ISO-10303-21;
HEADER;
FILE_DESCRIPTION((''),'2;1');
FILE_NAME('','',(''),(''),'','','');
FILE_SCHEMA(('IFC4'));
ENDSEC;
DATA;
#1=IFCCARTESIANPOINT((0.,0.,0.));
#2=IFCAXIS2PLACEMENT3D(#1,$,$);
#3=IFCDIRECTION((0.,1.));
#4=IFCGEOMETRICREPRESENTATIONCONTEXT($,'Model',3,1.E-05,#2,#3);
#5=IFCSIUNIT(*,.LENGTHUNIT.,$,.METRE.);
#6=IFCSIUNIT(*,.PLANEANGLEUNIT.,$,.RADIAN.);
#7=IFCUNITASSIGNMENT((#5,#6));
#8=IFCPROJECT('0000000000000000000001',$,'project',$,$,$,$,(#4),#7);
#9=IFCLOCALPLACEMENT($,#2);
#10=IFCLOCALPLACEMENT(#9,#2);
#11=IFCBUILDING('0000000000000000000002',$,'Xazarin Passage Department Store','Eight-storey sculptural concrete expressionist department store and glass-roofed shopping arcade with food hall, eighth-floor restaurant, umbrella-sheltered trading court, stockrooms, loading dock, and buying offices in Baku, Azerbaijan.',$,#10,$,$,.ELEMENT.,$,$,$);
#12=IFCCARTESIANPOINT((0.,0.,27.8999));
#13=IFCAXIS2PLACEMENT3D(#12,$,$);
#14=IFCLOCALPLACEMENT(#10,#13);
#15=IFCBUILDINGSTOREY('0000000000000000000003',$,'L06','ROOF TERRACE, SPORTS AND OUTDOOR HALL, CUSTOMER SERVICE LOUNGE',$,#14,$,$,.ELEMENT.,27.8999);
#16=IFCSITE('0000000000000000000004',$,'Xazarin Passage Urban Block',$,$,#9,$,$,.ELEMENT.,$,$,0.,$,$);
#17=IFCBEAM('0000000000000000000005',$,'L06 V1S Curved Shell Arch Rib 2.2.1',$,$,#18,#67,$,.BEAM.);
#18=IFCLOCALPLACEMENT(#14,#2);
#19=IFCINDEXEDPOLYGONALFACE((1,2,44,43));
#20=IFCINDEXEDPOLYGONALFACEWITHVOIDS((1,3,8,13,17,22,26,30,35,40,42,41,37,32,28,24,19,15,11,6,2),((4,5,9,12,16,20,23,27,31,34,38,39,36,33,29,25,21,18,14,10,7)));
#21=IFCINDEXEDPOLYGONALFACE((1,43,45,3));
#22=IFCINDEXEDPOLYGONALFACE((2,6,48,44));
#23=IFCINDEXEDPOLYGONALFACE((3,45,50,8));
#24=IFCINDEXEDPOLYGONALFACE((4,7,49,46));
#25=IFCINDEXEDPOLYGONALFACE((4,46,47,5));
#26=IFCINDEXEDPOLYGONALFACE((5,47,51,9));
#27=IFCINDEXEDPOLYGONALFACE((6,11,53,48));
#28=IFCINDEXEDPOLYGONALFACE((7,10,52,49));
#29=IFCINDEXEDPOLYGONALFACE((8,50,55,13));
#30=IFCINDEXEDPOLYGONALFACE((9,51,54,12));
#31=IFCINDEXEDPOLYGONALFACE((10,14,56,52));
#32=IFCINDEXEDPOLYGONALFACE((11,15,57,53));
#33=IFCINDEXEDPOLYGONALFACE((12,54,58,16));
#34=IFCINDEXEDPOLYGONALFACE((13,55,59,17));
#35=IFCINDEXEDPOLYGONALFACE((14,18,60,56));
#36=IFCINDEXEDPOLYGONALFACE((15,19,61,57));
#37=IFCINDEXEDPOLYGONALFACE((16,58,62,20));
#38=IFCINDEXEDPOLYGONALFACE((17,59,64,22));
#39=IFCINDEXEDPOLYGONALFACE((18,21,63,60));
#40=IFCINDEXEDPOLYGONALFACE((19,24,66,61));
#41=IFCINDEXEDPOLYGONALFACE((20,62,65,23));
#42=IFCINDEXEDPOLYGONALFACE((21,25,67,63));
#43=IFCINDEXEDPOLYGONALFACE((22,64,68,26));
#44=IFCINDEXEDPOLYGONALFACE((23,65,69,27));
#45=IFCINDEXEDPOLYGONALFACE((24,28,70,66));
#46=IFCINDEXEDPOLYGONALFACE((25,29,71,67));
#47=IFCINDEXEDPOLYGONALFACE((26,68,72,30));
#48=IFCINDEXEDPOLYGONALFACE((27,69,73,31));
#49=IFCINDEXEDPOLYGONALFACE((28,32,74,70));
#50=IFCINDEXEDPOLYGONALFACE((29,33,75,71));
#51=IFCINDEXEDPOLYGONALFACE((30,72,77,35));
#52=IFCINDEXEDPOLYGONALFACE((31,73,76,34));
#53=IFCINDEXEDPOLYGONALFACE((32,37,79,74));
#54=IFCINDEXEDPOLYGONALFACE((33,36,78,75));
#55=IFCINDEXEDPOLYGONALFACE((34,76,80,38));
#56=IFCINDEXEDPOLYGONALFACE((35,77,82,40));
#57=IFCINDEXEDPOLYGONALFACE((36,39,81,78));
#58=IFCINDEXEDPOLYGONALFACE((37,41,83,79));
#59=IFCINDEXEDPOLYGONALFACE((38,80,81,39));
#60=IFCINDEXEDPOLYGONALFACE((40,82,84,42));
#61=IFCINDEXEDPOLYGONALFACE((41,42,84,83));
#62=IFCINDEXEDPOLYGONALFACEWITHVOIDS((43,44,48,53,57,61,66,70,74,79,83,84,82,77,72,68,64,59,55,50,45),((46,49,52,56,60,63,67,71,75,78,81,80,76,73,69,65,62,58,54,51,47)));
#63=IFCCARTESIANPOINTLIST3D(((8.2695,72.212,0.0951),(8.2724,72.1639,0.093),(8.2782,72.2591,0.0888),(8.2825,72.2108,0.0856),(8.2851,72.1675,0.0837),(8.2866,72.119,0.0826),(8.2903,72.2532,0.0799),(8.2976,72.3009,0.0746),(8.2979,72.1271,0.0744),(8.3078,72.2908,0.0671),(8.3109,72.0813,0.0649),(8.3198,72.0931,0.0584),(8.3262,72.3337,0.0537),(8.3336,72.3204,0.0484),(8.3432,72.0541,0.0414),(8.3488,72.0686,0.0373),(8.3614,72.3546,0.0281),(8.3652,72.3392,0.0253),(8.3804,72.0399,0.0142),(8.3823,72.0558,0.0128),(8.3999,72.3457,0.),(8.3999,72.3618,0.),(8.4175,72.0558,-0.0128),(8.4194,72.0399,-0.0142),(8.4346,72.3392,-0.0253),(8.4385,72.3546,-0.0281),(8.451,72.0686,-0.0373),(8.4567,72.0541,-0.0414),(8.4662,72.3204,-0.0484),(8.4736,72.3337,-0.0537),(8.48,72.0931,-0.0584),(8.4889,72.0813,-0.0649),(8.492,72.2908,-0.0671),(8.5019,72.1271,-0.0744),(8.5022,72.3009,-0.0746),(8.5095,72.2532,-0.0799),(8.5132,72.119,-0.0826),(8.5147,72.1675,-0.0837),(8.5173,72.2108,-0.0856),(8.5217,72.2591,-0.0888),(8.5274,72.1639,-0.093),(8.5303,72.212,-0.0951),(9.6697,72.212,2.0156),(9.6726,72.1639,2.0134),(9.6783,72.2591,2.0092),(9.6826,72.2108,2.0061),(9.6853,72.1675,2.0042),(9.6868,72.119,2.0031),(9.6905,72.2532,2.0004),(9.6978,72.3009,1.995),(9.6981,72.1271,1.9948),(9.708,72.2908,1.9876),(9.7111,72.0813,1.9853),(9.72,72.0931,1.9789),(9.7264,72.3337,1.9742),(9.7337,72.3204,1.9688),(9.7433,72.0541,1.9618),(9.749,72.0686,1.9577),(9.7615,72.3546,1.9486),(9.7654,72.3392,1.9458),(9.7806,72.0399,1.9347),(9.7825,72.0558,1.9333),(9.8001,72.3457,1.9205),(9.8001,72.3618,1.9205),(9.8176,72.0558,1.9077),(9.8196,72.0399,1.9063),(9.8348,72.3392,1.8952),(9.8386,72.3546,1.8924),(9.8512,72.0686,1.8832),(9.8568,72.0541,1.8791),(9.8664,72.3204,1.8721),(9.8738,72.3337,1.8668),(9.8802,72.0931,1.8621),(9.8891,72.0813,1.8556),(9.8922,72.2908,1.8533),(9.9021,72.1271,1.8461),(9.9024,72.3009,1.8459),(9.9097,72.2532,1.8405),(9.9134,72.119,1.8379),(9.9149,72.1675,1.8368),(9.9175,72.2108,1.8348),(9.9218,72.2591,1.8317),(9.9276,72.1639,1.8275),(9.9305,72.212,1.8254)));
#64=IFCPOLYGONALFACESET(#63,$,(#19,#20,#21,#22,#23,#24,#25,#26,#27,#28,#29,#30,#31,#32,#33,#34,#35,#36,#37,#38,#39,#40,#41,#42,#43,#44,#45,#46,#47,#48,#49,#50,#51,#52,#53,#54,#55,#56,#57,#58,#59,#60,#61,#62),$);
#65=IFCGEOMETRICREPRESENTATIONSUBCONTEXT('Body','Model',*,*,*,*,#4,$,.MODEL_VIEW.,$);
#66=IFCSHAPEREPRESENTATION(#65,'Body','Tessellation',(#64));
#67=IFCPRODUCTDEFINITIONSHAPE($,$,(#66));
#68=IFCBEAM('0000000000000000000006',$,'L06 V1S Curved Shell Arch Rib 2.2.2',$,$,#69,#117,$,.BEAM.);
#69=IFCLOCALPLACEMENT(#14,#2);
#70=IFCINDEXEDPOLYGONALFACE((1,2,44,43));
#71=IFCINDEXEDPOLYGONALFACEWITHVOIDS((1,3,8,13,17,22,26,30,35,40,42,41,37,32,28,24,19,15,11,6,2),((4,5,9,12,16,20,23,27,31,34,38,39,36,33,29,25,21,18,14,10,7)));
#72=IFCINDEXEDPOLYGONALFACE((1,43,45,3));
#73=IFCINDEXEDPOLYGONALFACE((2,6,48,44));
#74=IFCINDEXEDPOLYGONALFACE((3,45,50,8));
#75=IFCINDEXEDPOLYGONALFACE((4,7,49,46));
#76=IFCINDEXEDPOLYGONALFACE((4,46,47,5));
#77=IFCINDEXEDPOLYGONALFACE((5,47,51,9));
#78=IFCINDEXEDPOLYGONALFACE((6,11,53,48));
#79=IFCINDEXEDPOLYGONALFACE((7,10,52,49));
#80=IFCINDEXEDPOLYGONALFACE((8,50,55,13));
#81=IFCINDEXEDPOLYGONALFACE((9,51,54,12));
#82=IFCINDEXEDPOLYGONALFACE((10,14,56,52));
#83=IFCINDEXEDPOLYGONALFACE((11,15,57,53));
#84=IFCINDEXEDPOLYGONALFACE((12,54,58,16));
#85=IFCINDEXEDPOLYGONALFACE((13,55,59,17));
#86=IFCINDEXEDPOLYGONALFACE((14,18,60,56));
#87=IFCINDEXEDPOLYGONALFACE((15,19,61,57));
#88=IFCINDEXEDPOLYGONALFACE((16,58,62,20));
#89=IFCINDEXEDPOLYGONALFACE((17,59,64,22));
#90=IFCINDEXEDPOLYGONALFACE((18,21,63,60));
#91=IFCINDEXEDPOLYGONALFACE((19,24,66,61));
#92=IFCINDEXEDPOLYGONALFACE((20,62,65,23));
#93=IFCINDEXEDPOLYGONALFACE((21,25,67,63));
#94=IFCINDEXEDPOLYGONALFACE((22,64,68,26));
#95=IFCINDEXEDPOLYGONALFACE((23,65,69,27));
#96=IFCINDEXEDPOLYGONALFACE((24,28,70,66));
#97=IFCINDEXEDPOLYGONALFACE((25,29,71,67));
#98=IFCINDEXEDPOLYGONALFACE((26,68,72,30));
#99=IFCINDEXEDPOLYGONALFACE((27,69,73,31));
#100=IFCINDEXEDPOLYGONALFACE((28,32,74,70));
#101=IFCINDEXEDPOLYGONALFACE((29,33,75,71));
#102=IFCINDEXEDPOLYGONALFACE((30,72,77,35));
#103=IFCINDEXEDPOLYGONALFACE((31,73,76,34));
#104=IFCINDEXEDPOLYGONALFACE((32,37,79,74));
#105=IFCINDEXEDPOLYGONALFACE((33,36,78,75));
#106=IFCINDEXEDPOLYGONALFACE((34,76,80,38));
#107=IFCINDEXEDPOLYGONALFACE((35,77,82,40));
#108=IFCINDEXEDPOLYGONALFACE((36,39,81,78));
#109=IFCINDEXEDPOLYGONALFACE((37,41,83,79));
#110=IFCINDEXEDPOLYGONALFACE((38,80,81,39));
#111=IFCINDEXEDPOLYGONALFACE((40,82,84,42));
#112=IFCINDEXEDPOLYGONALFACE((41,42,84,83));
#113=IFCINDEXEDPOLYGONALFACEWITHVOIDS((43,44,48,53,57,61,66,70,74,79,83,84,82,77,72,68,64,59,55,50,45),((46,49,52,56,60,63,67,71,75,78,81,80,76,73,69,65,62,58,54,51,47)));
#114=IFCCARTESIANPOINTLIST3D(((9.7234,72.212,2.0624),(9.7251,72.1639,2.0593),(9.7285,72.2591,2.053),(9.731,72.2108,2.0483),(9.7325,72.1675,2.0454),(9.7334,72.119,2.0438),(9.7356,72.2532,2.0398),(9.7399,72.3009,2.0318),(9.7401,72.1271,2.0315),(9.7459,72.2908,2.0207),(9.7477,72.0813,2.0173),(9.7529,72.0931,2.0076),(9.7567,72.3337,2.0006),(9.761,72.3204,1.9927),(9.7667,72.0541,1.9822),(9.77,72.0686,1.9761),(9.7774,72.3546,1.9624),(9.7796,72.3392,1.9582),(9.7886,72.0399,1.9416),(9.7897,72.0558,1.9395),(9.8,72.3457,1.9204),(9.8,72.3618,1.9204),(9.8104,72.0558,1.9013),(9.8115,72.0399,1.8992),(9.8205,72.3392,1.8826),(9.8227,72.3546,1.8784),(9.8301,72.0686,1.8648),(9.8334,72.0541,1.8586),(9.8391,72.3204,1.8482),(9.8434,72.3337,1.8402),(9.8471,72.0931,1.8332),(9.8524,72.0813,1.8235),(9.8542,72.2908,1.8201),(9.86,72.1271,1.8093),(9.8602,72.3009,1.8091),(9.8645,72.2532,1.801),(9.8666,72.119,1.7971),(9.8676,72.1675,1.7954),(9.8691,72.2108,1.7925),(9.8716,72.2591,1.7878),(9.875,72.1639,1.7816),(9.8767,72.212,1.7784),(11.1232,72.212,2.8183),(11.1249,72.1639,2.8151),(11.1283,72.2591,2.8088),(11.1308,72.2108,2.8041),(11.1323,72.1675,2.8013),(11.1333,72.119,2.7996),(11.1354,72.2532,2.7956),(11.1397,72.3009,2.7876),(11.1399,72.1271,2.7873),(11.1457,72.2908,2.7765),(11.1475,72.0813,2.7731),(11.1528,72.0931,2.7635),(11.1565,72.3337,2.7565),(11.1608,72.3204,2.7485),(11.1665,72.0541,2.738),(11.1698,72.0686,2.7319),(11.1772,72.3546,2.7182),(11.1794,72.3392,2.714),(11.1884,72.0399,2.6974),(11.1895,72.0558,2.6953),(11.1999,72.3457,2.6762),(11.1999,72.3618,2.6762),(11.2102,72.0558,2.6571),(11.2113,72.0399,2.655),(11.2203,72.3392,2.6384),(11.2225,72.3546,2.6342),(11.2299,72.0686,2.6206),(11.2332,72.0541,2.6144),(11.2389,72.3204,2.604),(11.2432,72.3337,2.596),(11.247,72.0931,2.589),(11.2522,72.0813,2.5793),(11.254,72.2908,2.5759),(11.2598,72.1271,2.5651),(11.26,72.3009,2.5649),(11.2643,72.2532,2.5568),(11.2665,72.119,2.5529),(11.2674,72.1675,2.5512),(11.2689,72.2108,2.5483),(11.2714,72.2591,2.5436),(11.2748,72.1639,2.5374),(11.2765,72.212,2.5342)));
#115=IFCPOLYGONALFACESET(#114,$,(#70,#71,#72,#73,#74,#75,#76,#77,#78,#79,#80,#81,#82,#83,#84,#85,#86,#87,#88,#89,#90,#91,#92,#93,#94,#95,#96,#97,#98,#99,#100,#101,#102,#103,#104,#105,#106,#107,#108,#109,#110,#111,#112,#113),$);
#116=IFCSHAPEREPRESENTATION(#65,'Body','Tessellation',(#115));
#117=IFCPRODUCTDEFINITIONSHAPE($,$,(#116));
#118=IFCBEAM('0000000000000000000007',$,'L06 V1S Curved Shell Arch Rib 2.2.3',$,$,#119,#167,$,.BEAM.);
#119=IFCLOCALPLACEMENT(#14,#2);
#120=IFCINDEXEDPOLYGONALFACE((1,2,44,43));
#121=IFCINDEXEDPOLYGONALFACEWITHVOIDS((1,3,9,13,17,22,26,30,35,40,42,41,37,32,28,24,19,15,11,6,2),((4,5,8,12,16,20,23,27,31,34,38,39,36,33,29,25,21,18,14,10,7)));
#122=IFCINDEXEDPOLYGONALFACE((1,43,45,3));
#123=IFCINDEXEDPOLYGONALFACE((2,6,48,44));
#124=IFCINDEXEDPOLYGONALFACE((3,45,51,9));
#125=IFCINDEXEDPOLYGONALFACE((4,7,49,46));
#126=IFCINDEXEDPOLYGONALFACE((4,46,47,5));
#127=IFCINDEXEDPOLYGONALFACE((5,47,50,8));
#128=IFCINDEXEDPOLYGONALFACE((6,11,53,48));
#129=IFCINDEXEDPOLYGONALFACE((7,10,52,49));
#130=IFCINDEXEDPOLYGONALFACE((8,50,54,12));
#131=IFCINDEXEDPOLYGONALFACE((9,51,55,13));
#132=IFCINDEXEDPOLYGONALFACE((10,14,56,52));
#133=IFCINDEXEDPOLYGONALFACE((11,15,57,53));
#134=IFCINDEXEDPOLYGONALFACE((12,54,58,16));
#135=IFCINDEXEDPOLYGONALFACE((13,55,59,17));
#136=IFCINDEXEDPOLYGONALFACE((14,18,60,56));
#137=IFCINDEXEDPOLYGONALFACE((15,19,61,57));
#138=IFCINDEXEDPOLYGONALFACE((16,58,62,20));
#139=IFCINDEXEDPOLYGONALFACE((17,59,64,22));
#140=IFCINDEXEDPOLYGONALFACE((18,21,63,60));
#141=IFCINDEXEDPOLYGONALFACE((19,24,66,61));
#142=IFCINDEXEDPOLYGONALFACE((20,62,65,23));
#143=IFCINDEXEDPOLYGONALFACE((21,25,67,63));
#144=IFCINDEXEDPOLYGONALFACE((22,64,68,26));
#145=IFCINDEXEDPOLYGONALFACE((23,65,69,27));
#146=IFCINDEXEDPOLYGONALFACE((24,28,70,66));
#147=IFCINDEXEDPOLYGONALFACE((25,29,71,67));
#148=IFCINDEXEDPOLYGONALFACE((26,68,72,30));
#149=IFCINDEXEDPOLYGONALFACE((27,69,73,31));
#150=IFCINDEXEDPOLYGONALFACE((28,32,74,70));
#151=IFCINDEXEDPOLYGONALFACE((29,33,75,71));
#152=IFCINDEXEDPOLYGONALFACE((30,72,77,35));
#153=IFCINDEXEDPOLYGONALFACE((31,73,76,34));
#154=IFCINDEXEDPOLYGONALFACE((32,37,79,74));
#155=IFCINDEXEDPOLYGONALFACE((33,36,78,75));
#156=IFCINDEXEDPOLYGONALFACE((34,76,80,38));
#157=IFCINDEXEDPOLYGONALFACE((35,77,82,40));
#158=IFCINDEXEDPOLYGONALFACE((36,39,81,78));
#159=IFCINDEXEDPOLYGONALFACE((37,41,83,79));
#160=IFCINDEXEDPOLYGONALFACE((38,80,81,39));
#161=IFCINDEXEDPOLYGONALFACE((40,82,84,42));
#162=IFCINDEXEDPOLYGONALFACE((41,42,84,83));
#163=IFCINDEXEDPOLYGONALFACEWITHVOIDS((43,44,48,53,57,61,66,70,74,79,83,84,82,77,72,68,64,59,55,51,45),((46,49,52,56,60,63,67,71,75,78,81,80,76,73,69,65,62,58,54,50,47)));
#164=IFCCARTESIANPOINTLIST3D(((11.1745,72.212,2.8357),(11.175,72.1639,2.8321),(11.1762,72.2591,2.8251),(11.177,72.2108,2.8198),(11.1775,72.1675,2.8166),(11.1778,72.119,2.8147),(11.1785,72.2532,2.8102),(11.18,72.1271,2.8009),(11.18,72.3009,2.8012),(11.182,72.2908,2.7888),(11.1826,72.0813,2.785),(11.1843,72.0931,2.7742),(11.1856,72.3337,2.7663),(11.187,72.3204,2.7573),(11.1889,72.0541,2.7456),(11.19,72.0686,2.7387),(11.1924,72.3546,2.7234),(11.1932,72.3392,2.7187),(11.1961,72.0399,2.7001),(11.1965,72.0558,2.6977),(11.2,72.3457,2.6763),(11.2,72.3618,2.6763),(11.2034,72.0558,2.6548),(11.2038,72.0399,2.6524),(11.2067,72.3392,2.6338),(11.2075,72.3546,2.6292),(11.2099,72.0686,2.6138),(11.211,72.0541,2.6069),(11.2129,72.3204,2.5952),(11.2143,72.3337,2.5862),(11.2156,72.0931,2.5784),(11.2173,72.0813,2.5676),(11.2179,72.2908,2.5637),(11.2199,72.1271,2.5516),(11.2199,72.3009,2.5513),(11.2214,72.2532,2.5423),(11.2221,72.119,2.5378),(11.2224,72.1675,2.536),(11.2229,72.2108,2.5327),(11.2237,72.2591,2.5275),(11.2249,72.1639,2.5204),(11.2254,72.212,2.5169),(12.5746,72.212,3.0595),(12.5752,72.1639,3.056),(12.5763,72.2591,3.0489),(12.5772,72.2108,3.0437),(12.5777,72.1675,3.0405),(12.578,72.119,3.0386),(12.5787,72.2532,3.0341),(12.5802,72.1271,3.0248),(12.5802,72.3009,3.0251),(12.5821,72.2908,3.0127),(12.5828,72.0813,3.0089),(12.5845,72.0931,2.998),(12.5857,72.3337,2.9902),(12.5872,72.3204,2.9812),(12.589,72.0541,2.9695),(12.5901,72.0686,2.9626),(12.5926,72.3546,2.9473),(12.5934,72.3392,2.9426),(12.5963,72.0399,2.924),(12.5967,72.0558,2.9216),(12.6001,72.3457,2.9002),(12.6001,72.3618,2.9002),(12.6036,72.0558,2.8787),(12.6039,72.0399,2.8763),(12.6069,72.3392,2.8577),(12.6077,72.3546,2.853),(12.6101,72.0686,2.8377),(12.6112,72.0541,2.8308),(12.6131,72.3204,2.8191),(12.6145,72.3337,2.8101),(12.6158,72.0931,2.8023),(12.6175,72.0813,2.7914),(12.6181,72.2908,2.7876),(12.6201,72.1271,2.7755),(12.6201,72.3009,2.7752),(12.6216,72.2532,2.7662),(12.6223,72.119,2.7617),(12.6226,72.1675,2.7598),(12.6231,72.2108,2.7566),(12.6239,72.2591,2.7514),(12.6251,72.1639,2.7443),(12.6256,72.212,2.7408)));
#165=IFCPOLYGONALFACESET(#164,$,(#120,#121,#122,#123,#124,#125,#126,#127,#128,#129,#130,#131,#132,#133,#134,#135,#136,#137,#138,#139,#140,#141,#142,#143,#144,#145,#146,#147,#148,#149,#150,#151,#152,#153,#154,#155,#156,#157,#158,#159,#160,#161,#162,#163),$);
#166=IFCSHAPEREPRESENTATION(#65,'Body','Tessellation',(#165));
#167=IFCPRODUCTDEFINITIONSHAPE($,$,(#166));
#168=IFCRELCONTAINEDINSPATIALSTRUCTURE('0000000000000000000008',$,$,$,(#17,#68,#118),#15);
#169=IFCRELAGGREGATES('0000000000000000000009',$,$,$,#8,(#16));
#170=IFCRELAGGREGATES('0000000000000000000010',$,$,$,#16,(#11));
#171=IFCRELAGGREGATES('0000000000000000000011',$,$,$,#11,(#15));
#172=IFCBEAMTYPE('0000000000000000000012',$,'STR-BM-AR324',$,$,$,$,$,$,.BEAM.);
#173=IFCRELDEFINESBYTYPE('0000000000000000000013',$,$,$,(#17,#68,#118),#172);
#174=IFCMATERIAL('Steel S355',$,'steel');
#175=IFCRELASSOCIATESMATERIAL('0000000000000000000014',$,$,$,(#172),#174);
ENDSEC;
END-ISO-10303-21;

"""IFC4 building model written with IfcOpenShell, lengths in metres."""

from ifc_helpers import new_model, si_unit, direction, frame, origin, origin_2d, place, context, subcontext, project, spatial, hollow_circle, extrude, material, material_profile, profile_set, type_object, element, save


model = new_model("IFC4")

# Units and contexts
model_context = context("Model", 3, precision=1e-05, world=origin(), true_north=direction((0.0, 1.0)))
body_context = subcontext(model_context, "Body", "Model", "MODEL_VIEW")
ifc_project = project(units=[si_unit("LENGTHUNIT", "METRE"), si_unit("PLANEANGLEUNIT", "RADIAN")], contexts=[model_context])

# Site, building, storey
site_placement = place(None, origin())
site = spatial("IfcSite", under=ifc_project, at=site_placement, Name="Xazarin Passage Urban Block", CompositionType="ELEMENT", RefElevation=0.0)
building_placement = place(site_placement, origin())
building = spatial("IfcBuilding", under=site, at=building_placement, Name="Xazarin Passage Department Store", Description="Eight-storey sculptural concrete expressionist department store and glass-roofed shopping arcade with food hall, eighth-floor restaurant, umbrella-sheltered trading court, stockrooms, loading dock, and buying offices in Baku, Azerbaijan.", CompositionType="ELEMENT")
storey_placement = place(building_placement, frame((0.0, 0.0, 27.8999)))
storey = spatial("IfcBuildingStorey", under=building, at=storey_placement, Name="L06", Description="ROOF TERRACE, SPORTS AND OUTDOOR HALL, CUSTOMER SERVICE LOUNGE", CompositionType="ELEMENT", Elevation=27.8999)

# Beams
ifc_material_1 = material(Name="Steel S355", Category="steel")
ifc_material_profile_1 = material_profile(ifc_material_1, hollow_circle(Radius=0.1619, WallThickness=0.0161, at=origin_2d()), Name="CHS 323.9x16")
ifc_profile_set_1 = profile_set([ifc_material_profile_1], Name="Steel S355")
beam_type_1 = type_object("IfcBeamType", Name="STR-BM-AR324", PredefinedType="BEAM", material=ifc_profile_set_1)
beam_1_placement = place(storey_placement, frame((8.3999, 72.2, 0.0), z_axis=(0.58913, 0.0, 0.808038), x_axis=(0.0, 1.0, 0.0)))
element("IfcBeam", 1, at=beam_1_placement, inside=storey, type_object=beam_type_1, Name="L06 V1S Curved Shell Arch Rib 2.2.1", PredefinedType="BEAM", context=body_context, shape_type="SweptSolid", body=[
    extrude(hollow_circle(Radius=0.1619, WallThickness=0.0161, at=origin_2d()), origin(), (0.0, 0.0, 1.0), 2.3767),
])
beam_2_placement = place(storey_placement, frame((9.8, 72.2, 1.9204), z_axis=(0.879928, 0.0, 0.475106), x_axis=(0.0, 1.0, 0.0)))
element("IfcBeam", 2, at=beam_2_placement, inside=storey, type_object=beam_type_1, Name="L06 V1S Curved Shell Arch Rib 2.2.2", PredefinedType="BEAM", context=body_context, shape_type="SweptSolid", body=[
    extrude(hollow_circle(Radius=0.1619, WallThickness=0.0161, at=origin_2d()), origin(), (0.0, 0.0, 1.0), 1.5908),
])
beam_3_placement = place(storey_placement, frame((11.2, 72.2, 2.6763), z_axis=(0.987457, 0.0, 0.15789), x_axis=(0.0, 1.0, 0.0)))
element("IfcBeam", 3, at=beam_3_placement, inside=storey, type_object=beam_type_1, Name="L06 V1S Curved Shell Arch Rib 2.2.3", PredefinedType="BEAM", context=body_context, shape_type="SweptSolid", body=[
    extrude(hollow_circle(Radius=0.1619, WallThickness=0.0161, at=origin_2d()), origin(), (0.0, 0.0, 1.0), 1.418),
])

save(model, "model.ifc")
